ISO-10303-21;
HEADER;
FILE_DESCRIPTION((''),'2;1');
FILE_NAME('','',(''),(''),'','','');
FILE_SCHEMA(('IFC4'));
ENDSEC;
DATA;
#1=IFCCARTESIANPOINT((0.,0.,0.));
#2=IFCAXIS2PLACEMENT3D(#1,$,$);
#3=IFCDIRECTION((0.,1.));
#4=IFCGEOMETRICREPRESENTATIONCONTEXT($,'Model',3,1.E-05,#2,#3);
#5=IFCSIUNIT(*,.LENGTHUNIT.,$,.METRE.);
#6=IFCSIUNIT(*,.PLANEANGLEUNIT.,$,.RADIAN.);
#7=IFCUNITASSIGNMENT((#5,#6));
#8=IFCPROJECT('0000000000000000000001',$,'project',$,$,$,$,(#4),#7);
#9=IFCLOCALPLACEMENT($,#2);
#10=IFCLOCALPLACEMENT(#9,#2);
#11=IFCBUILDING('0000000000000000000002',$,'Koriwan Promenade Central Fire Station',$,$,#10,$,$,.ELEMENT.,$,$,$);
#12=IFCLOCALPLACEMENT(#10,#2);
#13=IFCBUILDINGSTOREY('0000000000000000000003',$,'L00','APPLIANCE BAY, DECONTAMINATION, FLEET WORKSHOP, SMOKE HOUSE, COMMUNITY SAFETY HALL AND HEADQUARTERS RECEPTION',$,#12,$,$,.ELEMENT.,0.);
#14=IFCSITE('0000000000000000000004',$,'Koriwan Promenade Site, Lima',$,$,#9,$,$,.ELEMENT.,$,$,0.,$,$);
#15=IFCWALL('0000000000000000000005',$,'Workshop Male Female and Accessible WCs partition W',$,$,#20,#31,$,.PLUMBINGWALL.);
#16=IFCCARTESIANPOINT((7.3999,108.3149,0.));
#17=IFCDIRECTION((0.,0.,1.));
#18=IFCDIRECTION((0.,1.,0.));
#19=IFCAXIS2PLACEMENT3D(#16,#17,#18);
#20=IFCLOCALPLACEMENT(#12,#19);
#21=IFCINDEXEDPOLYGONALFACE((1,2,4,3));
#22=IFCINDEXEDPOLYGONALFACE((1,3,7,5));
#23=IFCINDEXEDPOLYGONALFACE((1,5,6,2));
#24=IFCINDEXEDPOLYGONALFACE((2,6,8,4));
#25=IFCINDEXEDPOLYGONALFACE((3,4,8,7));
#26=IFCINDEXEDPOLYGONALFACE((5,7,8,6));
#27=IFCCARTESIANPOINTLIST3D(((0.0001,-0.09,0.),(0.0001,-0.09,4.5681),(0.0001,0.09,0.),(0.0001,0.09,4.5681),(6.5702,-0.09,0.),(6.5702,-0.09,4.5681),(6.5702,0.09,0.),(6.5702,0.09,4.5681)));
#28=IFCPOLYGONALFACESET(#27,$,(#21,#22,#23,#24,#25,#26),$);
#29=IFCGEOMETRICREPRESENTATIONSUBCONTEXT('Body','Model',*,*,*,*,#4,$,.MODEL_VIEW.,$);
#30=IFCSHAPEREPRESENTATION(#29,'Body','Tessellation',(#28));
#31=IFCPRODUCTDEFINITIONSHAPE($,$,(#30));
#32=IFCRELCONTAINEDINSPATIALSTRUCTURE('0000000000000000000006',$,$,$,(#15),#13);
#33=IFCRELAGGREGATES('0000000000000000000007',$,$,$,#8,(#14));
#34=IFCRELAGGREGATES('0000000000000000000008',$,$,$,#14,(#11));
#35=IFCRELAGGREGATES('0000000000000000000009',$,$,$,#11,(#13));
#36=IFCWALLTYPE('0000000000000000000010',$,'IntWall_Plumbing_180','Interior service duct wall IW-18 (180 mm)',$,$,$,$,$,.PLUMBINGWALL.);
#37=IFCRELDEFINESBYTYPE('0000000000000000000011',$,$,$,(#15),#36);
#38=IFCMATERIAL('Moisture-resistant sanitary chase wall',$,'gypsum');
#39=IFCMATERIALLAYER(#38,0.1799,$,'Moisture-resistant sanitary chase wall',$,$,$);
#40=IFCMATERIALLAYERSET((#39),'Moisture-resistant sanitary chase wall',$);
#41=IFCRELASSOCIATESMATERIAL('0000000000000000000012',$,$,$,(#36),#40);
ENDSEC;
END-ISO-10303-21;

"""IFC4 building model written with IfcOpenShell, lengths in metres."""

from ifc_helpers import new_model, si_unit, direction, frame, frame_2d, origin, place, context, subcontext, project, spatial, rectangle, extrude, material, layer, layer_set, type_object, element, save


model = new_model("IFC4")

# Units and contexts
model_context = context("Model", 3, precision=1e-05, world=origin(), true_north=direction((0.0, 1.0)))
body_context = subcontext(model_context, "Body", "Model", "MODEL_VIEW")
ifc_project = project(units=[si_unit("LENGTHUNIT", "METRE"), si_unit("PLANEANGLEUNIT", "RADIAN")], contexts=[model_context])

# Site, building, storey
site_placement = place(None, origin())
site = spatial("IfcSite", under=ifc_project, at=site_placement, Name="Koriwan Promenade Site, Lima", CompositionType="ELEMENT", RefElevation=0.0)
building_placement = place(site_placement, origin())
building = spatial("IfcBuilding", under=site, at=building_placement, Name="Koriwan Promenade Central Fire Station", CompositionType="ELEMENT")
storey_placement = place(building_placement, origin())
storey = spatial("IfcBuildingStorey", under=building, at=storey_placement, Name="L00", Description="APPLIANCE BAY, DECONTAMINATION, FLEET WORKSHOP, SMOKE HOUSE, COMMUNITY SAFETY HALL AND HEADQUARTERS RECEPTION", CompositionType="ELEMENT", Elevation=0.0)

# Shared definitions
ifc_material_1 = material(Name="Moisture-resistant sanitary chase wall", Category="gypsum")
ifc_layer_1 = layer(ifc_material_1, 0.1799, Name="Moisture-resistant sanitary chase wall")
ifc_layer_set_1 = layer_set([ifc_layer_1], Name="Moisture-resistant sanitary chase wall")
wall_type_1 = type_object("IfcWallType", Name="IntWall_Plumbing_180", Description="Interior service duct wall IW-18 (180 mm)", PredefinedType="PLUMBINGWALL", material=ifc_layer_set_1)

# Wall
wall_1_placement = place(storey_placement, frame((7.3999, 108.3149, 0.0), z_axis=(0.0, 0.0, 1.0), x_axis=(0.0, 1.0, 0.0)))
element("IfcWall", 1, at=wall_1_placement, inside=storey, type_object=wall_type_1, Name="Workshop Male Female and Accessible WCs partition W", PredefinedType="PLUMBINGWALL", context=body_context, shape_type="SweptSolid", body=[
    extrude(rectangle(XDim=6.5701, YDim=0.1799, at=frame_2d((3.2852, 0.0))), origin(), (0.0, 0.0, 1.0), 4.5681),
])

save(model, "model.ifc")
